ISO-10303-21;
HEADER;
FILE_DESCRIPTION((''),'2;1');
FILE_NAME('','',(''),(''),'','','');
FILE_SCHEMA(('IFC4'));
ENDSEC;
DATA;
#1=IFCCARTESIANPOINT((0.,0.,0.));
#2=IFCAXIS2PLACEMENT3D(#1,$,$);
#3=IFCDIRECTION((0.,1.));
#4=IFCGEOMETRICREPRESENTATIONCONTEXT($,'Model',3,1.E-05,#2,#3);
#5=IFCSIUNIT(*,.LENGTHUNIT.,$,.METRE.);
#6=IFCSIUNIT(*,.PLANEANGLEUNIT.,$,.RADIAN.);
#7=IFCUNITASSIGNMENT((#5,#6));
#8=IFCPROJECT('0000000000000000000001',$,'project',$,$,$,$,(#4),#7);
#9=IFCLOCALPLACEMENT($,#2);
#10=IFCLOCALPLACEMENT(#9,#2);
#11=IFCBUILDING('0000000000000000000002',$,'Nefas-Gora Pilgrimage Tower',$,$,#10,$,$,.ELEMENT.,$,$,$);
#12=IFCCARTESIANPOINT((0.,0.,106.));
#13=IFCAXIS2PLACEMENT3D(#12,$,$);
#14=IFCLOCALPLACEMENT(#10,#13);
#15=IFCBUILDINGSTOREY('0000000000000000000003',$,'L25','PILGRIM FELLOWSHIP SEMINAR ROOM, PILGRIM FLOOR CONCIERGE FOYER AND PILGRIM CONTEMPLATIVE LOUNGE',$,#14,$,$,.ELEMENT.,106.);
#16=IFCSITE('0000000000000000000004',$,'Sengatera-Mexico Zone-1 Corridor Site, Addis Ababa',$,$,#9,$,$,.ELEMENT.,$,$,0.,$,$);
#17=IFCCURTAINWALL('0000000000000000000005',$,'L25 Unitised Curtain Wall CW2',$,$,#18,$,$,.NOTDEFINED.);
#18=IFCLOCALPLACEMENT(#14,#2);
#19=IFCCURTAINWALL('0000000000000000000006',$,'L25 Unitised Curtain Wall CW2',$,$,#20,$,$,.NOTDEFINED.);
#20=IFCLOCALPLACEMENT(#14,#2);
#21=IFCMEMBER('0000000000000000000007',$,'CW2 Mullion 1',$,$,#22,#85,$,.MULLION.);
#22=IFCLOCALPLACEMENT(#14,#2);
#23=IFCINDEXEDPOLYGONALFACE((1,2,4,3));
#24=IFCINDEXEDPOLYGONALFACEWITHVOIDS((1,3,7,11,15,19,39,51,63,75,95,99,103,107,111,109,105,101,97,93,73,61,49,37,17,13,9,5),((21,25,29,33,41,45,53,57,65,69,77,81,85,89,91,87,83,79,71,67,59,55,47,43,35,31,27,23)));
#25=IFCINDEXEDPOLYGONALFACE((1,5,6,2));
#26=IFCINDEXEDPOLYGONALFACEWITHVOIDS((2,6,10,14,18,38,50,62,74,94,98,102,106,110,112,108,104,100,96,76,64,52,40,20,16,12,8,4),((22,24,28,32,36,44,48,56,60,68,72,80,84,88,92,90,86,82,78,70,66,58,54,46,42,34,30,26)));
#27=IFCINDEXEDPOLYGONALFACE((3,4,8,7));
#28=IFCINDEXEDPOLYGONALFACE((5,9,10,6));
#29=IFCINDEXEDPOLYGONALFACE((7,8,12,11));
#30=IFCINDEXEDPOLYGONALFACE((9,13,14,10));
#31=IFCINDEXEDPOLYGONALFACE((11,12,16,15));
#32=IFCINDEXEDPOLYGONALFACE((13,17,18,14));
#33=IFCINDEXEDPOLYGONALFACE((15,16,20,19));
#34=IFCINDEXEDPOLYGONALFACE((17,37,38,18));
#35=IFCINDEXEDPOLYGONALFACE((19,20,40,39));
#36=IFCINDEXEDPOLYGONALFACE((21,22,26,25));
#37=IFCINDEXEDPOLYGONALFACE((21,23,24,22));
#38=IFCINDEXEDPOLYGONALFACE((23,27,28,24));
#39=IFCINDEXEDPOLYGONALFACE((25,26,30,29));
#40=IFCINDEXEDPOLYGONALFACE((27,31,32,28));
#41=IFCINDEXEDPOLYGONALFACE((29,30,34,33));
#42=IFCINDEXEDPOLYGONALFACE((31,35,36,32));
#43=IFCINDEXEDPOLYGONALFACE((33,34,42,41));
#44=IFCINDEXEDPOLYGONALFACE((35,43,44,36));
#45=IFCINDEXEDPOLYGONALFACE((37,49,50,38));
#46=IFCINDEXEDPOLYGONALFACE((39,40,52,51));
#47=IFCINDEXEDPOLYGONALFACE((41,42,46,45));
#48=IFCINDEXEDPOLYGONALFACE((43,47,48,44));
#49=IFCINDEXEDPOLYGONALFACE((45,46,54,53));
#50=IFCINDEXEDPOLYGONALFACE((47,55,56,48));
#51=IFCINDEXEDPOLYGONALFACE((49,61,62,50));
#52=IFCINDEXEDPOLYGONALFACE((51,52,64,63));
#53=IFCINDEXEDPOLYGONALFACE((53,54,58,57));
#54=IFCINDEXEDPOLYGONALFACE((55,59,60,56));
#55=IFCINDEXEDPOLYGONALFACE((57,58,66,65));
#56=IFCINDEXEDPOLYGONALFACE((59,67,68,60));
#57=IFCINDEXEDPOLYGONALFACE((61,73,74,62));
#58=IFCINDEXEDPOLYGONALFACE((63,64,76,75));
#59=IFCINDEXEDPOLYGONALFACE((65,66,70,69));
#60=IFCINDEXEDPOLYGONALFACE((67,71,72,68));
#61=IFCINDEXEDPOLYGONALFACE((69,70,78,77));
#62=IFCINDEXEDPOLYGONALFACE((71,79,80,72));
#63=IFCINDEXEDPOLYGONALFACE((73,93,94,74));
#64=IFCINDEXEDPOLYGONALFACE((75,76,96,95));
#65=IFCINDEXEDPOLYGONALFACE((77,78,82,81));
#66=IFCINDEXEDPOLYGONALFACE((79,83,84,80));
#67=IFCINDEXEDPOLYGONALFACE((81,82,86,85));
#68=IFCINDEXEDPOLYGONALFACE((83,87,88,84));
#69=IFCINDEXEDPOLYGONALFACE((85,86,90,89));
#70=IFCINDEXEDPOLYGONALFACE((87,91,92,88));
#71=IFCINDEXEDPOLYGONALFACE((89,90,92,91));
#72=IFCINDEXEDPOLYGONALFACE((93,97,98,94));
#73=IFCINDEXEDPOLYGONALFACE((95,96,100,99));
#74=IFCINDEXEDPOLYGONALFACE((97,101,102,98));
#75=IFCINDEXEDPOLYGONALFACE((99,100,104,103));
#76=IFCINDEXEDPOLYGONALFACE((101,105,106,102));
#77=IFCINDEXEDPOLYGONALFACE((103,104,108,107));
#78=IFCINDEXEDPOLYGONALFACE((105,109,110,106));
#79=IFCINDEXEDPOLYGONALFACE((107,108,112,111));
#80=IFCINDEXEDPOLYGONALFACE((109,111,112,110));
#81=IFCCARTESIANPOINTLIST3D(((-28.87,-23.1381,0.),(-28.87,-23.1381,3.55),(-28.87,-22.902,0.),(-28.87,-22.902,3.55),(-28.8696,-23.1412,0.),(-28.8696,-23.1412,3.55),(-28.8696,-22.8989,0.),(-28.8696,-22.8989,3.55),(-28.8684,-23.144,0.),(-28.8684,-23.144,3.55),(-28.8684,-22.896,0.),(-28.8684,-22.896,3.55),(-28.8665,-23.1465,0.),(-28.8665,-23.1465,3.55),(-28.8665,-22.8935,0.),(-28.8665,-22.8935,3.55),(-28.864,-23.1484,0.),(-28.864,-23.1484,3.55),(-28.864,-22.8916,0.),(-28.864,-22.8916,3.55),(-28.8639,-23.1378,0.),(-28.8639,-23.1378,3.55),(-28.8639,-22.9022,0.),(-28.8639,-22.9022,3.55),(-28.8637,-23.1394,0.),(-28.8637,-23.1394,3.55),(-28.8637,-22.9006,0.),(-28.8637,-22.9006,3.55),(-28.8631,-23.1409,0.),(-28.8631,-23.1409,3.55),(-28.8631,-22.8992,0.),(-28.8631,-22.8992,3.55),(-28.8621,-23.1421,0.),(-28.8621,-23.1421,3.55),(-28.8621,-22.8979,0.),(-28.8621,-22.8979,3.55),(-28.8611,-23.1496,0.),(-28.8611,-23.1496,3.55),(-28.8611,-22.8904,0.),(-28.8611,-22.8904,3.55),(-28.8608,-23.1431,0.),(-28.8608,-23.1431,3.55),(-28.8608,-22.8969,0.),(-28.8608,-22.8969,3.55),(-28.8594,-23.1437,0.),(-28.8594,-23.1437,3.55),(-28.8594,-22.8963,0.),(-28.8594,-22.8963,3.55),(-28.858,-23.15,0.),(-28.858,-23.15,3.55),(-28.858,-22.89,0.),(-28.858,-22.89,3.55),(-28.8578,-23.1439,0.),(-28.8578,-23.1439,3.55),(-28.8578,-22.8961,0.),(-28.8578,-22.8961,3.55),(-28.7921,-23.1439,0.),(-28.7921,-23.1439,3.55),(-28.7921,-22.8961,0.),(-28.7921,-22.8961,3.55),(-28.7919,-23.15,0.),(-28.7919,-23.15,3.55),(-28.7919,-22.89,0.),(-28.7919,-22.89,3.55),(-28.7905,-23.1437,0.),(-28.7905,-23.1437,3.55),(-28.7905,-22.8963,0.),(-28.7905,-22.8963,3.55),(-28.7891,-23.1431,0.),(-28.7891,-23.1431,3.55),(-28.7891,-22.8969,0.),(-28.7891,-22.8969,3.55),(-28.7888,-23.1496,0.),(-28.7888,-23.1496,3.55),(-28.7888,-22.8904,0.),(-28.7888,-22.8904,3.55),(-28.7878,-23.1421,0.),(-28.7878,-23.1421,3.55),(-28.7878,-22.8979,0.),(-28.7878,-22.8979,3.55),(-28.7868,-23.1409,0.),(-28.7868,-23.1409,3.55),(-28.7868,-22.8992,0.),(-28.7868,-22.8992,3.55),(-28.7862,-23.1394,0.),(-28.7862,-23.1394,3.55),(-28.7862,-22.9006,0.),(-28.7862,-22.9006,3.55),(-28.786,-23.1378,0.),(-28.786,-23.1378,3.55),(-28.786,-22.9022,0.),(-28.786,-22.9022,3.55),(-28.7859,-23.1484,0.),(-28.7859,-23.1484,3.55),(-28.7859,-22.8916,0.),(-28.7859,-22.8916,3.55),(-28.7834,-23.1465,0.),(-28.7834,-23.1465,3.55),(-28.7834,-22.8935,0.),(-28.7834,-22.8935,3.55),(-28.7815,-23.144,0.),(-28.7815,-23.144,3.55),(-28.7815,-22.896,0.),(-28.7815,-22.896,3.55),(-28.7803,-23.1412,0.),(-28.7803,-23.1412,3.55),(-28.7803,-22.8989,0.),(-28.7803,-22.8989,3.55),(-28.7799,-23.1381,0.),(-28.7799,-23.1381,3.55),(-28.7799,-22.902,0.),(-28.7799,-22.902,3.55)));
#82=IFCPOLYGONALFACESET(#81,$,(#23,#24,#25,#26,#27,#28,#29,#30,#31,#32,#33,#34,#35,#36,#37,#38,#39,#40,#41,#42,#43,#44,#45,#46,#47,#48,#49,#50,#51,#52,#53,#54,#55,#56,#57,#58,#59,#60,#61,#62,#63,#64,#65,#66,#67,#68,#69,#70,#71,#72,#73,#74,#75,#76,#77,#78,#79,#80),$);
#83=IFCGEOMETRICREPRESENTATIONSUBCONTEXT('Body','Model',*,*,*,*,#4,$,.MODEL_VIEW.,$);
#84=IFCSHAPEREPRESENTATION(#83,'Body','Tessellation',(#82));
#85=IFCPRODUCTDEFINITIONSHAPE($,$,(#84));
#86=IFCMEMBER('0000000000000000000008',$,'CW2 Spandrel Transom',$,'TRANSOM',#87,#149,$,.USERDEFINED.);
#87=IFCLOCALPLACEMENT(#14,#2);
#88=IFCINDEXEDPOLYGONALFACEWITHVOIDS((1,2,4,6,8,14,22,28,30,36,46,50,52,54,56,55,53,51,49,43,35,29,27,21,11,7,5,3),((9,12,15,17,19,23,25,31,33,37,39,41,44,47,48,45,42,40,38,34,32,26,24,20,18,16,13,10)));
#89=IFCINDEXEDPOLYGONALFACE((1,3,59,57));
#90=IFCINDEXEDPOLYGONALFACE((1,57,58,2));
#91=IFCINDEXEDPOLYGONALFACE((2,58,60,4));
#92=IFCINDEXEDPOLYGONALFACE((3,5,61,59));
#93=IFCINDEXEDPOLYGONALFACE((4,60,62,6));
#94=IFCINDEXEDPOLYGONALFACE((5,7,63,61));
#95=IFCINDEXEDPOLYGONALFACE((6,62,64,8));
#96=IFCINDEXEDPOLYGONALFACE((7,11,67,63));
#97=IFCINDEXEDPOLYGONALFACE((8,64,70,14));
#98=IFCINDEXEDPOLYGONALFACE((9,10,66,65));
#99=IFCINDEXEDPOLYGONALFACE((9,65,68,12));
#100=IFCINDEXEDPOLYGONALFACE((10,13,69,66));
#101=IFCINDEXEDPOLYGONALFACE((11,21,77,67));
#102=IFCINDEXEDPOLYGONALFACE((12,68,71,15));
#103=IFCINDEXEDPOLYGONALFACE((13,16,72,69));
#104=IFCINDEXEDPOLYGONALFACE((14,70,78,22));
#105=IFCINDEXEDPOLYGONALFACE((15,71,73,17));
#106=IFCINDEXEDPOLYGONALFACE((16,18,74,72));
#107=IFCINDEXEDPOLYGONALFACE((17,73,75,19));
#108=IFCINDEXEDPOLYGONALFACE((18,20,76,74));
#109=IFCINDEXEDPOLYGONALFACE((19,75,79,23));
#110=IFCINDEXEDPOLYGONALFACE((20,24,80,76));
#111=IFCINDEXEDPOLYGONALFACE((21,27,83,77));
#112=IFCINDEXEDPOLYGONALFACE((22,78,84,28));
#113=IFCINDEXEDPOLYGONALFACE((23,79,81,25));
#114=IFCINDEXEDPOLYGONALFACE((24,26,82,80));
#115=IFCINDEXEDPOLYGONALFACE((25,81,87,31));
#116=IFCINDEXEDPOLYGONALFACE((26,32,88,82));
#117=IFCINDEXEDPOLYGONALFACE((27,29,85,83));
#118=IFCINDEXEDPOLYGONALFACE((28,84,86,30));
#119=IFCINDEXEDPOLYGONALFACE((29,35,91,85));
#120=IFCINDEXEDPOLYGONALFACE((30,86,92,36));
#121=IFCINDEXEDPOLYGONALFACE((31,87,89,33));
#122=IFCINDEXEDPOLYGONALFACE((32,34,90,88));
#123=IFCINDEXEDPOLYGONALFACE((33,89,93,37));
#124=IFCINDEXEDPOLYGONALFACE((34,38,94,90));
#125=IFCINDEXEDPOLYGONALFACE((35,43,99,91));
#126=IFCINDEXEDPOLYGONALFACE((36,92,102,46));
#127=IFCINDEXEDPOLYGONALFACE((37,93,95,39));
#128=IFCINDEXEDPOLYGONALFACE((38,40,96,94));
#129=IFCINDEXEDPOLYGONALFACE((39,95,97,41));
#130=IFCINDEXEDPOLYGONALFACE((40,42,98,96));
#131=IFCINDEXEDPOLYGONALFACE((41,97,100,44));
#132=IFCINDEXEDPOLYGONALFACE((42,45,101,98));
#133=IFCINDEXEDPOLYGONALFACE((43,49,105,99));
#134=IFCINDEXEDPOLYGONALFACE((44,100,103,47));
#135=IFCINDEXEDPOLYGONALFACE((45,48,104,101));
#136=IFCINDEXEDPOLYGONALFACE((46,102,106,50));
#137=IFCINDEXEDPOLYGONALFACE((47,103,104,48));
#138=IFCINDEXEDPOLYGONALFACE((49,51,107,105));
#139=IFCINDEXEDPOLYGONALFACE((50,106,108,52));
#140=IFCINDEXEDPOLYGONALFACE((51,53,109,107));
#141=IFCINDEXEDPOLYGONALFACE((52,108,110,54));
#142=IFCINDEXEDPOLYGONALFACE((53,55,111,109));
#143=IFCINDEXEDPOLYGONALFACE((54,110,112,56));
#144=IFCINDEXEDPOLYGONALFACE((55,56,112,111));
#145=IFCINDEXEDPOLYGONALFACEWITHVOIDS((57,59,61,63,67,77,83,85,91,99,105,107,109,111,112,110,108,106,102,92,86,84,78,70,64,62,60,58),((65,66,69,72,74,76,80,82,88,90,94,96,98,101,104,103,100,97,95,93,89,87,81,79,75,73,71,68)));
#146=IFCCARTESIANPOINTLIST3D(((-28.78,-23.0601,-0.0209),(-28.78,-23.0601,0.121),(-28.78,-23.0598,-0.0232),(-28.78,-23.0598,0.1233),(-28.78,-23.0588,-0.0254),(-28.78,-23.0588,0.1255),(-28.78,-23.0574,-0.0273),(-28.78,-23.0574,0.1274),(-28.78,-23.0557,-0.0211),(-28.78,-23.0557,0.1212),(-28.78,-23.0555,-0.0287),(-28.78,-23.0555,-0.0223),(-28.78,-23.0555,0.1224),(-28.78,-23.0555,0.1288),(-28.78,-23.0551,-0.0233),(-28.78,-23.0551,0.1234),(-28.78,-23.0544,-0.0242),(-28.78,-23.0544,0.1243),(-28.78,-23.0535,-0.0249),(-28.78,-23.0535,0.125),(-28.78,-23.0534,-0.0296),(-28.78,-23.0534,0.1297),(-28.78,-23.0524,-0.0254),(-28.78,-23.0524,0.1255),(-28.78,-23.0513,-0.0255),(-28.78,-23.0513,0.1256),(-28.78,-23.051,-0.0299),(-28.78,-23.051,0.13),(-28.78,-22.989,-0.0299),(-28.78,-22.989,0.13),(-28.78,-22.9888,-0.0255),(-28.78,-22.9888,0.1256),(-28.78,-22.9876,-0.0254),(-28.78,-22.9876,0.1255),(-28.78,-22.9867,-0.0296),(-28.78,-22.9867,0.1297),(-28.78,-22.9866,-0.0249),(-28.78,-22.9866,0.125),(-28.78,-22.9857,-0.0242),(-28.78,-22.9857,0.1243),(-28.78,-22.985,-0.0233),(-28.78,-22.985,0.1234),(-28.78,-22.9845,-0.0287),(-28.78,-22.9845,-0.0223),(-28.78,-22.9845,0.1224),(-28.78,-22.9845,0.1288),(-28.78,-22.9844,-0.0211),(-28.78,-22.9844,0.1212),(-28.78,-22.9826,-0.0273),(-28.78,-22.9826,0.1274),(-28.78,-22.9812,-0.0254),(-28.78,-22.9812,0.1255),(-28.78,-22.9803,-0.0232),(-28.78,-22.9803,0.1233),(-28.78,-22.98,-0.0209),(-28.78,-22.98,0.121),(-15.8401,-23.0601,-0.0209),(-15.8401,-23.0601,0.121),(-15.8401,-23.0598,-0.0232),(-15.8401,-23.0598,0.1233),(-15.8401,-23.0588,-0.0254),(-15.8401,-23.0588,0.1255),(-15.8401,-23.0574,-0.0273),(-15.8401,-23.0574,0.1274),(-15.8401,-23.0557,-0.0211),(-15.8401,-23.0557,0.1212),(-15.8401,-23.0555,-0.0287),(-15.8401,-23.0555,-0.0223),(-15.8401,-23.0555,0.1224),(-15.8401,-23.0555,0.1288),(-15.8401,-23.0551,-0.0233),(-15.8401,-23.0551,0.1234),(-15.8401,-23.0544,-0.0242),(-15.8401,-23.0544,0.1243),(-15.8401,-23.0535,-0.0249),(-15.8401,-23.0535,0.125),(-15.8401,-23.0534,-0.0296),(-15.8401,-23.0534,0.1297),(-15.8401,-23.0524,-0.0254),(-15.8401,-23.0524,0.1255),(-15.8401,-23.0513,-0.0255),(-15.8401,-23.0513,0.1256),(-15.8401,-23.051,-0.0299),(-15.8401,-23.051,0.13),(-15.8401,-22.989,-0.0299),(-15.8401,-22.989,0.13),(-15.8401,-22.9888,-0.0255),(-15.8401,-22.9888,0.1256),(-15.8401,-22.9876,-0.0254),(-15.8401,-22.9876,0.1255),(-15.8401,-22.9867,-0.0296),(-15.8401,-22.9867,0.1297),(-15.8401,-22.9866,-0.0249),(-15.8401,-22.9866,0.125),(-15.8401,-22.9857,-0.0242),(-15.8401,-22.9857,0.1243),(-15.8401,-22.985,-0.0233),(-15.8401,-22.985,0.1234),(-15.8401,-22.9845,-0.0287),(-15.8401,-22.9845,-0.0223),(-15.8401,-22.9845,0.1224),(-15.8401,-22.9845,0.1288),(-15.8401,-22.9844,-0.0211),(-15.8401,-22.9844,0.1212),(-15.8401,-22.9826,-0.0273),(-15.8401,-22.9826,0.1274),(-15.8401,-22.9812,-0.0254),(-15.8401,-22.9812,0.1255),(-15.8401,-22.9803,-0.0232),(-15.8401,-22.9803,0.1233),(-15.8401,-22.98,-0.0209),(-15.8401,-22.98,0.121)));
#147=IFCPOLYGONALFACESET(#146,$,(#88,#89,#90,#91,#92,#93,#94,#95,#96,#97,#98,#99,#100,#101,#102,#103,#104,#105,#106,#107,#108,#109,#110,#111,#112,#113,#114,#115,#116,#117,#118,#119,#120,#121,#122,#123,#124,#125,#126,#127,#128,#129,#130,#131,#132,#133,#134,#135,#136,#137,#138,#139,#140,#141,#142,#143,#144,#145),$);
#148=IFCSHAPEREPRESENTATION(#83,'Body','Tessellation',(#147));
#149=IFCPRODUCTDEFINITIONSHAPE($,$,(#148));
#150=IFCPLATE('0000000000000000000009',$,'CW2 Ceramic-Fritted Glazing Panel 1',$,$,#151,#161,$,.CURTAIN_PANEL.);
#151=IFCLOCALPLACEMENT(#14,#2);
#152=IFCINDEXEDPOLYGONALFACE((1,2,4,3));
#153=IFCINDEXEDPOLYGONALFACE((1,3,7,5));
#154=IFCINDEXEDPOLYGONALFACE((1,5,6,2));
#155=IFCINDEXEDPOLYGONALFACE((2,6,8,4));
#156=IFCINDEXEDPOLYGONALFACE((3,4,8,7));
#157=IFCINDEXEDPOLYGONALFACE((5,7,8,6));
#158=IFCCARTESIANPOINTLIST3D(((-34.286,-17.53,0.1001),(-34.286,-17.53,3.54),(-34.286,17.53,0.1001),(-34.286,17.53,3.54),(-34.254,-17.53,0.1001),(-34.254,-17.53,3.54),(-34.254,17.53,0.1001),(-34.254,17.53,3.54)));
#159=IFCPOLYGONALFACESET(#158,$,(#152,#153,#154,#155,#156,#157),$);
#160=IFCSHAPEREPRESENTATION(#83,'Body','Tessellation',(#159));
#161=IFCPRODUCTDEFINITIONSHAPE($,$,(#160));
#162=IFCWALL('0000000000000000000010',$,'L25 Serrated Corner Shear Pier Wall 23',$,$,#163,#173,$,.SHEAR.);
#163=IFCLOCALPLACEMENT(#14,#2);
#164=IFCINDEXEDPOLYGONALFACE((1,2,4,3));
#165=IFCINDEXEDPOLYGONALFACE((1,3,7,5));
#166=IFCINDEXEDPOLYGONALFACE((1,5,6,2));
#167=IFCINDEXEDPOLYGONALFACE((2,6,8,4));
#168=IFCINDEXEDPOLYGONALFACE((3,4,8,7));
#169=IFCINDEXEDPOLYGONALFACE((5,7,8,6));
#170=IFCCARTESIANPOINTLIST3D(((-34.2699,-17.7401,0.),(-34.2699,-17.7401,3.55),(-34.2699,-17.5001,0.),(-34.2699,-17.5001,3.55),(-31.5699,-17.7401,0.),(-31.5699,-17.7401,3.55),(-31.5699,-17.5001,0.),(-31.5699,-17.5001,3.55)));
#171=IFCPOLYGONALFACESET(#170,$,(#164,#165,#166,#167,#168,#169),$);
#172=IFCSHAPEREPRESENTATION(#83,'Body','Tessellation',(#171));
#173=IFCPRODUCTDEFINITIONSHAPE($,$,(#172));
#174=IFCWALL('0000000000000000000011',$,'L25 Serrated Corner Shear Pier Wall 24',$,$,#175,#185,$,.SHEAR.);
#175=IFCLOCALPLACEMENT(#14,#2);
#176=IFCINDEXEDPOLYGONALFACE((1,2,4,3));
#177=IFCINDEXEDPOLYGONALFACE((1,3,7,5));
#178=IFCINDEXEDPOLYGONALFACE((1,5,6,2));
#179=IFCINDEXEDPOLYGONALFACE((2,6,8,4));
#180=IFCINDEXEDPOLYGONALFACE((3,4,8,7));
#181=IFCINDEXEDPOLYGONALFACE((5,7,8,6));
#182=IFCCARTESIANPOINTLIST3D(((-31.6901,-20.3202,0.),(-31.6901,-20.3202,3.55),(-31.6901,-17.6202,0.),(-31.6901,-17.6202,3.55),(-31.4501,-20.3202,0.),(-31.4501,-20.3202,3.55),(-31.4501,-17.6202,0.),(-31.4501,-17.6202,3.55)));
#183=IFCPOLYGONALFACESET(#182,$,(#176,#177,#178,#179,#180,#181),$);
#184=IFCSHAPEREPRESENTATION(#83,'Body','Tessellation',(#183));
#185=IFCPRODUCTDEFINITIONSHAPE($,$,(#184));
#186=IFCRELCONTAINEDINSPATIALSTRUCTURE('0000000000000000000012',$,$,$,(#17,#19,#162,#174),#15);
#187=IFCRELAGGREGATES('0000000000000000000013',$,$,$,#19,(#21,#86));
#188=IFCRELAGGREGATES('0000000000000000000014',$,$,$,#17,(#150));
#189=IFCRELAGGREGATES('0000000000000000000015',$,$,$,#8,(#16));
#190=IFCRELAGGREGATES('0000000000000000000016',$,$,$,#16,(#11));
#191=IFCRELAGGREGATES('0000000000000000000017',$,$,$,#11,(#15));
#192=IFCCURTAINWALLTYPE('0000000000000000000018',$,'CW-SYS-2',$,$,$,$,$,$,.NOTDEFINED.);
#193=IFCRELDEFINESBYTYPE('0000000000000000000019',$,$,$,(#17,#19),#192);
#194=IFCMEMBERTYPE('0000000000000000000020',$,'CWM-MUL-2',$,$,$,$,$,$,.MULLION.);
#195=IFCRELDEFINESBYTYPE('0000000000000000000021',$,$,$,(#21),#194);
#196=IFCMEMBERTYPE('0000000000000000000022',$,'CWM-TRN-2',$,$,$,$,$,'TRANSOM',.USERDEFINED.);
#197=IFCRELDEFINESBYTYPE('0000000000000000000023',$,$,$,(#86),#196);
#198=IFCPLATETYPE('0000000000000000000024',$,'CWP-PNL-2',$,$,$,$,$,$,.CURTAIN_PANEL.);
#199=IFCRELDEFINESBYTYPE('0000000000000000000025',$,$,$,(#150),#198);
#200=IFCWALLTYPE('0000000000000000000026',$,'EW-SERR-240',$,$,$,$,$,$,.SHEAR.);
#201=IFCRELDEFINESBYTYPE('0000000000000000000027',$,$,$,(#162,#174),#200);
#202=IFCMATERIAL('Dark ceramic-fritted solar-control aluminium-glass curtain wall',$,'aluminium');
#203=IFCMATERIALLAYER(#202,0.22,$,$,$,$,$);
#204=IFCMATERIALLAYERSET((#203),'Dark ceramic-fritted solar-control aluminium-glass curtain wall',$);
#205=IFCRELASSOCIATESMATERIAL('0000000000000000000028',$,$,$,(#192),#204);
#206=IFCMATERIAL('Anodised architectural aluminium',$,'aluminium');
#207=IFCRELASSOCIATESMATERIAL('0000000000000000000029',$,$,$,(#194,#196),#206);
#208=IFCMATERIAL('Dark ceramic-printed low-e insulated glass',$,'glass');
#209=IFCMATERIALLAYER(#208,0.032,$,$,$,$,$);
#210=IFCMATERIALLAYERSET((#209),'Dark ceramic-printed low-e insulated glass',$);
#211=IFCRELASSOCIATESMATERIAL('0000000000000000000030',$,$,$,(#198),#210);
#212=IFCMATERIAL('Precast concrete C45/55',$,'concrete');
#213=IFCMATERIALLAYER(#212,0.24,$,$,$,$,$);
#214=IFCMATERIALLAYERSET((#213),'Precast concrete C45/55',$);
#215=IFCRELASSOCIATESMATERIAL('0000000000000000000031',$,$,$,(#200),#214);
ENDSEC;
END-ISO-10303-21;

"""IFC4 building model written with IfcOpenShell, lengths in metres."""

from ifc_helpers import new_model, si_unit, direction, frame, frame_2d, origin, origin_2d, place, context, subcontext, project, spatial, rectangle, hollow_rectangle, extrude, source, transform, mapped, material, layer, layer_set, material_profile, profile_set, type_object, element, aggregate, save


model = new_model("IFC4")

# Units and contexts
model_context = context("Model", 3, precision=1e-05, world=origin(), true_north=direction((0.0, 1.0)))
body_context = subcontext(model_context, "Body", "Model", "MODEL_VIEW")
ifc_project = project(units=[si_unit("LENGTHUNIT", "METRE"), si_unit("PLANEANGLEUNIT", "RADIAN")], contexts=[model_context])

# Site, building, storey
site_placement = place(None, origin())
site = spatial("IfcSite", under=ifc_project, at=site_placement, Name="Sengatera-Mexico Zone-1 Corridor Site, Addis Ababa", CompositionType="ELEMENT", RefElevation=0.0)
building_placement = place(site_placement, origin())
building = spatial("IfcBuilding", under=site, at=building_placement, Name="Nefas-Gora Pilgrimage Tower", CompositionType="ELEMENT")
storey_placement = place(building_placement, frame((0.0, 0.0, 106.0)))
storey = spatial("IfcBuildingStorey", under=building, at=storey_placement, Name="L25", Description="PILGRIM FELLOWSHIP SEMINAR ROOM, PILGRIM FLOOR CONCIERGE FOYER AND PILGRIM CONTEMPLATIVE LOUNGE", CompositionType="ELEMENT", Elevation=106.0)

# Curtain wall
ifc_material_1 = material(Name="Dark ceramic-fritted solar-control aluminium-glass curtain wall", Category="aluminium")
ifc_layer_1 = layer(ifc_material_1, 0.22)
ifc_layer_set_1 = layer_set([ifc_layer_1], Name="Dark ceramic-fritted solar-control aluminium-glass curtain wall")
curtain_wall_type = type_object("IfcCurtainWallType", Name="CW-SYS-2", PredefinedType="NOTDEFINED", material=ifc_layer_set_1)
curtain_wall_1_placement = place(storey_placement, origin())
curtain_wall_1 = element("IfcCurtainWall", 1, at=curtain_wall_1_placement, inside=storey, type_object=curtain_wall_type, Name="L25 Unitised Curtain Wall CW2", PredefinedType="NOTDEFINED")
ifc_material_2 = material(Name="Anodised architectural aluminium", Category="aluminium")
ifc_material_profile_1 = material_profile(ifc_material_2, hollow_rectangle(XDim=0.0901, YDim=0.26, WallThickness=0.0061, InnerFilletRadius=0.0061, OuterFilletRadius=0.012, at=origin_2d()), Name="ALU MULLION 90x260")
ifc_profile_set_1 = profile_set([ifc_material_profile_1], Name="Anodised architectural aluminium")
member_type_1 = type_object("IfcMemberType", Name="CWM-MUL-2", PredefinedType="MULLION", material=ifc_profile_set_1)
shared_shape_1 = source(origin(), body_context, "Body", "SweptSolid", [
    extrude(hollow_rectangle(XDim=0.0901, YDim=0.26, WallThickness=0.0061, InnerFilletRadius=0.0061, OuterFilletRadius=0.012, at=origin_2d()), origin(), (0.0, 0.0, 1.0), 3.55),
])

# Curtain wall, members
curtain_wall_2_placement = place(storey_placement, origin())
curtain_wall_2 = element("IfcCurtainWall", 2, at=curtain_wall_2_placement, inside=storey, type_object=curtain_wall_type, Name="L25 Unitised Curtain Wall CW2", PredefinedType="NOTDEFINED")
member_1_placement = place(storey_placement, frame((-28.825, -23.02, 0.0), z_axis=(0.0, 0.0, 1.0), x_axis=(1.0, 0.0, 0.0)))
member_1 = element("IfcMember", 3, at=member_1_placement, type_object=member_type_1, Name="CW2 Mullion 1", PredefinedType="MULLION", context=body_context, shape_type="MappedRepresentation", body=[
    mapped(shared_shape_1, transform((0.0, 0.0, 0.0), x_axis=(1.0, 0.0, 0.0), y_axis=(0.0, 1.0, 0.0), z_axis=(0.0, 0.0, 1.0), scale=1.0)),
])
ifc_material_profile_2 = material_profile(ifc_material_2, hollow_rectangle(XDim=0.0801, YDim=0.1599, WallThickness=0.0044, InnerFilletRadius=0.0044, OuterFilletRadius=0.009, at=origin_2d()), Name="ALU TRANSOM 80x160")
ifc_profile_set_2 = profile_set([ifc_material_profile_2], Name="Anodised architectural aluminium")
member_type_2 = type_object("IfcMemberType", Name="CWM-TRN-2", ElementType="TRANSOM", PredefinedType="USERDEFINED", material=ifc_profile_set_2)
shared_shape_2 = source(origin(), body_context, "Body", "SweptSolid", [
    extrude(hollow_rectangle(XDim=0.0801, YDim=0.1599, WallThickness=0.0044, InnerFilletRadius=0.0044, OuterFilletRadius=0.009, at=origin_2d()), origin(), (0.0, 0.0, 1.0), 12.9399),
])
member_2_placement = place(storey_placement, frame((-28.78, -23.02, 0.05), z_axis=(1.0, 0.0, 0.0), x_axis=(0.0, 1.0, 0.0)))
member_2 = element("IfcMember", 4, at=member_2_placement, type_object=member_type_2, Name="CW2 Spandrel Transom", ObjectType="TRANSOM", PredefinedType="USERDEFINED", context=body_context, shape_type="MappedRepresentation", body=[
    mapped(shared_shape_2, transform((0.0, 0.0, 0.0), x_axis=(1.0, 0.0, 0.0), y_axis=(0.0, 1.0, 0.0), z_axis=(0.0, 0.0, 1.0), scale=1.0)),
])
aggregate(curtain_wall_2, [member_1, member_2])

# Plate
ifc_material_3 = material(Name="Dark ceramic-printed low-e insulated glass", Category="glass")
ifc_layer_2 = layer(ifc_material_3, 0.032)
ifc_layer_set_2 = layer_set([ifc_layer_2], Name="Dark ceramic-printed low-e insulated glass")
plate_type = type_object("IfcPlateType", Name="CWP-PNL-2", PredefinedType="CURTAIN_PANEL", material=ifc_layer_set_2)
shared_shape_3 = source(origin(), body_context, "Body", "SweptSolid", [
    extrude(rectangle(XDim=35.0601, YDim=0.032, at=origin_2d()), origin(), (0.0, 0.0, 1.0), 3.4399),
])
plate_placement = place(storey_placement, frame((-34.27, 0.0, 0.1001), z_axis=(0.0, 0.0, 1.0), x_axis=(0.0, -1.0, 0.0)))
plate = element("IfcPlate", 5, at=plate_placement, type_object=plate_type, Name="CW2 Ceramic-Fritted Glazing Panel 1", PredefinedType="CURTAIN_PANEL", context=body_context, shape_type="MappedRepresentation", body=[
    mapped(shared_shape_3, transform((0.0, 0.0, 0.0), x_axis=(1.0, 0.0, 0.0), y_axis=(0.0, 1.0, 0.0), z_axis=(0.0, 0.0, 1.0), scale=1.0)),
])
aggregate(curtain_wall_1, [plate])

# Walls
ifc_material_4 = material(Name="Precast concrete C45/55", Category="concrete")
ifc_layer_3 = layer(ifc_material_4, 0.24)
ifc_layer_set_3 = layer_set([ifc_layer_3], Name="Precast concrete C45/55")
wall_type_1 = type_object("IfcWallType", Name="EW-SERR-240", PredefinedType="SHEAR", material=ifc_layer_set_3)
shared_shape_4 = source(origin(), body_context, "Body", "SweptSolid", [
    extrude(rectangle(XDim=2.7, YDim=0.24, at=frame_2d((1.3501, 0.0))), origin(), (0.0, 0.0, 1.0), 3.55),
])
for number, where, z_axis, x_axis, name in (
    (6, (-34.27, -17.6201, 0.0), (0.0, 0.0, 1.0), (1.0, 0.0, 0.0), "L25 Serrated Corner Shear Pier Wall 23"),
    (7, (-31.5701, -17.6201, 0.0), (0.0, 0.0, 1.0), (0.0, -1.0, 0.0), "L25 Serrated Corner Shear Pier Wall 24"),
):
    element("IfcWall", number, at=place(storey_placement, frame(where, z_axis=z_axis, x_axis=x_axis)), inside=storey, type_object=wall_type_1, Name=name, PredefinedType="SHEAR", context=body_context, shape_type="MappedRepresentation", body=[
        mapped(shared_shape_4, transform((0.0, 0.0, 0.0), x_axis=(1.0, 0.0, 0.0), y_axis=(0.0, 1.0, 0.0), z_axis=(0.0, 0.0, 1.0), scale=1.0)),
    ])

save(model, "model.ifc")
